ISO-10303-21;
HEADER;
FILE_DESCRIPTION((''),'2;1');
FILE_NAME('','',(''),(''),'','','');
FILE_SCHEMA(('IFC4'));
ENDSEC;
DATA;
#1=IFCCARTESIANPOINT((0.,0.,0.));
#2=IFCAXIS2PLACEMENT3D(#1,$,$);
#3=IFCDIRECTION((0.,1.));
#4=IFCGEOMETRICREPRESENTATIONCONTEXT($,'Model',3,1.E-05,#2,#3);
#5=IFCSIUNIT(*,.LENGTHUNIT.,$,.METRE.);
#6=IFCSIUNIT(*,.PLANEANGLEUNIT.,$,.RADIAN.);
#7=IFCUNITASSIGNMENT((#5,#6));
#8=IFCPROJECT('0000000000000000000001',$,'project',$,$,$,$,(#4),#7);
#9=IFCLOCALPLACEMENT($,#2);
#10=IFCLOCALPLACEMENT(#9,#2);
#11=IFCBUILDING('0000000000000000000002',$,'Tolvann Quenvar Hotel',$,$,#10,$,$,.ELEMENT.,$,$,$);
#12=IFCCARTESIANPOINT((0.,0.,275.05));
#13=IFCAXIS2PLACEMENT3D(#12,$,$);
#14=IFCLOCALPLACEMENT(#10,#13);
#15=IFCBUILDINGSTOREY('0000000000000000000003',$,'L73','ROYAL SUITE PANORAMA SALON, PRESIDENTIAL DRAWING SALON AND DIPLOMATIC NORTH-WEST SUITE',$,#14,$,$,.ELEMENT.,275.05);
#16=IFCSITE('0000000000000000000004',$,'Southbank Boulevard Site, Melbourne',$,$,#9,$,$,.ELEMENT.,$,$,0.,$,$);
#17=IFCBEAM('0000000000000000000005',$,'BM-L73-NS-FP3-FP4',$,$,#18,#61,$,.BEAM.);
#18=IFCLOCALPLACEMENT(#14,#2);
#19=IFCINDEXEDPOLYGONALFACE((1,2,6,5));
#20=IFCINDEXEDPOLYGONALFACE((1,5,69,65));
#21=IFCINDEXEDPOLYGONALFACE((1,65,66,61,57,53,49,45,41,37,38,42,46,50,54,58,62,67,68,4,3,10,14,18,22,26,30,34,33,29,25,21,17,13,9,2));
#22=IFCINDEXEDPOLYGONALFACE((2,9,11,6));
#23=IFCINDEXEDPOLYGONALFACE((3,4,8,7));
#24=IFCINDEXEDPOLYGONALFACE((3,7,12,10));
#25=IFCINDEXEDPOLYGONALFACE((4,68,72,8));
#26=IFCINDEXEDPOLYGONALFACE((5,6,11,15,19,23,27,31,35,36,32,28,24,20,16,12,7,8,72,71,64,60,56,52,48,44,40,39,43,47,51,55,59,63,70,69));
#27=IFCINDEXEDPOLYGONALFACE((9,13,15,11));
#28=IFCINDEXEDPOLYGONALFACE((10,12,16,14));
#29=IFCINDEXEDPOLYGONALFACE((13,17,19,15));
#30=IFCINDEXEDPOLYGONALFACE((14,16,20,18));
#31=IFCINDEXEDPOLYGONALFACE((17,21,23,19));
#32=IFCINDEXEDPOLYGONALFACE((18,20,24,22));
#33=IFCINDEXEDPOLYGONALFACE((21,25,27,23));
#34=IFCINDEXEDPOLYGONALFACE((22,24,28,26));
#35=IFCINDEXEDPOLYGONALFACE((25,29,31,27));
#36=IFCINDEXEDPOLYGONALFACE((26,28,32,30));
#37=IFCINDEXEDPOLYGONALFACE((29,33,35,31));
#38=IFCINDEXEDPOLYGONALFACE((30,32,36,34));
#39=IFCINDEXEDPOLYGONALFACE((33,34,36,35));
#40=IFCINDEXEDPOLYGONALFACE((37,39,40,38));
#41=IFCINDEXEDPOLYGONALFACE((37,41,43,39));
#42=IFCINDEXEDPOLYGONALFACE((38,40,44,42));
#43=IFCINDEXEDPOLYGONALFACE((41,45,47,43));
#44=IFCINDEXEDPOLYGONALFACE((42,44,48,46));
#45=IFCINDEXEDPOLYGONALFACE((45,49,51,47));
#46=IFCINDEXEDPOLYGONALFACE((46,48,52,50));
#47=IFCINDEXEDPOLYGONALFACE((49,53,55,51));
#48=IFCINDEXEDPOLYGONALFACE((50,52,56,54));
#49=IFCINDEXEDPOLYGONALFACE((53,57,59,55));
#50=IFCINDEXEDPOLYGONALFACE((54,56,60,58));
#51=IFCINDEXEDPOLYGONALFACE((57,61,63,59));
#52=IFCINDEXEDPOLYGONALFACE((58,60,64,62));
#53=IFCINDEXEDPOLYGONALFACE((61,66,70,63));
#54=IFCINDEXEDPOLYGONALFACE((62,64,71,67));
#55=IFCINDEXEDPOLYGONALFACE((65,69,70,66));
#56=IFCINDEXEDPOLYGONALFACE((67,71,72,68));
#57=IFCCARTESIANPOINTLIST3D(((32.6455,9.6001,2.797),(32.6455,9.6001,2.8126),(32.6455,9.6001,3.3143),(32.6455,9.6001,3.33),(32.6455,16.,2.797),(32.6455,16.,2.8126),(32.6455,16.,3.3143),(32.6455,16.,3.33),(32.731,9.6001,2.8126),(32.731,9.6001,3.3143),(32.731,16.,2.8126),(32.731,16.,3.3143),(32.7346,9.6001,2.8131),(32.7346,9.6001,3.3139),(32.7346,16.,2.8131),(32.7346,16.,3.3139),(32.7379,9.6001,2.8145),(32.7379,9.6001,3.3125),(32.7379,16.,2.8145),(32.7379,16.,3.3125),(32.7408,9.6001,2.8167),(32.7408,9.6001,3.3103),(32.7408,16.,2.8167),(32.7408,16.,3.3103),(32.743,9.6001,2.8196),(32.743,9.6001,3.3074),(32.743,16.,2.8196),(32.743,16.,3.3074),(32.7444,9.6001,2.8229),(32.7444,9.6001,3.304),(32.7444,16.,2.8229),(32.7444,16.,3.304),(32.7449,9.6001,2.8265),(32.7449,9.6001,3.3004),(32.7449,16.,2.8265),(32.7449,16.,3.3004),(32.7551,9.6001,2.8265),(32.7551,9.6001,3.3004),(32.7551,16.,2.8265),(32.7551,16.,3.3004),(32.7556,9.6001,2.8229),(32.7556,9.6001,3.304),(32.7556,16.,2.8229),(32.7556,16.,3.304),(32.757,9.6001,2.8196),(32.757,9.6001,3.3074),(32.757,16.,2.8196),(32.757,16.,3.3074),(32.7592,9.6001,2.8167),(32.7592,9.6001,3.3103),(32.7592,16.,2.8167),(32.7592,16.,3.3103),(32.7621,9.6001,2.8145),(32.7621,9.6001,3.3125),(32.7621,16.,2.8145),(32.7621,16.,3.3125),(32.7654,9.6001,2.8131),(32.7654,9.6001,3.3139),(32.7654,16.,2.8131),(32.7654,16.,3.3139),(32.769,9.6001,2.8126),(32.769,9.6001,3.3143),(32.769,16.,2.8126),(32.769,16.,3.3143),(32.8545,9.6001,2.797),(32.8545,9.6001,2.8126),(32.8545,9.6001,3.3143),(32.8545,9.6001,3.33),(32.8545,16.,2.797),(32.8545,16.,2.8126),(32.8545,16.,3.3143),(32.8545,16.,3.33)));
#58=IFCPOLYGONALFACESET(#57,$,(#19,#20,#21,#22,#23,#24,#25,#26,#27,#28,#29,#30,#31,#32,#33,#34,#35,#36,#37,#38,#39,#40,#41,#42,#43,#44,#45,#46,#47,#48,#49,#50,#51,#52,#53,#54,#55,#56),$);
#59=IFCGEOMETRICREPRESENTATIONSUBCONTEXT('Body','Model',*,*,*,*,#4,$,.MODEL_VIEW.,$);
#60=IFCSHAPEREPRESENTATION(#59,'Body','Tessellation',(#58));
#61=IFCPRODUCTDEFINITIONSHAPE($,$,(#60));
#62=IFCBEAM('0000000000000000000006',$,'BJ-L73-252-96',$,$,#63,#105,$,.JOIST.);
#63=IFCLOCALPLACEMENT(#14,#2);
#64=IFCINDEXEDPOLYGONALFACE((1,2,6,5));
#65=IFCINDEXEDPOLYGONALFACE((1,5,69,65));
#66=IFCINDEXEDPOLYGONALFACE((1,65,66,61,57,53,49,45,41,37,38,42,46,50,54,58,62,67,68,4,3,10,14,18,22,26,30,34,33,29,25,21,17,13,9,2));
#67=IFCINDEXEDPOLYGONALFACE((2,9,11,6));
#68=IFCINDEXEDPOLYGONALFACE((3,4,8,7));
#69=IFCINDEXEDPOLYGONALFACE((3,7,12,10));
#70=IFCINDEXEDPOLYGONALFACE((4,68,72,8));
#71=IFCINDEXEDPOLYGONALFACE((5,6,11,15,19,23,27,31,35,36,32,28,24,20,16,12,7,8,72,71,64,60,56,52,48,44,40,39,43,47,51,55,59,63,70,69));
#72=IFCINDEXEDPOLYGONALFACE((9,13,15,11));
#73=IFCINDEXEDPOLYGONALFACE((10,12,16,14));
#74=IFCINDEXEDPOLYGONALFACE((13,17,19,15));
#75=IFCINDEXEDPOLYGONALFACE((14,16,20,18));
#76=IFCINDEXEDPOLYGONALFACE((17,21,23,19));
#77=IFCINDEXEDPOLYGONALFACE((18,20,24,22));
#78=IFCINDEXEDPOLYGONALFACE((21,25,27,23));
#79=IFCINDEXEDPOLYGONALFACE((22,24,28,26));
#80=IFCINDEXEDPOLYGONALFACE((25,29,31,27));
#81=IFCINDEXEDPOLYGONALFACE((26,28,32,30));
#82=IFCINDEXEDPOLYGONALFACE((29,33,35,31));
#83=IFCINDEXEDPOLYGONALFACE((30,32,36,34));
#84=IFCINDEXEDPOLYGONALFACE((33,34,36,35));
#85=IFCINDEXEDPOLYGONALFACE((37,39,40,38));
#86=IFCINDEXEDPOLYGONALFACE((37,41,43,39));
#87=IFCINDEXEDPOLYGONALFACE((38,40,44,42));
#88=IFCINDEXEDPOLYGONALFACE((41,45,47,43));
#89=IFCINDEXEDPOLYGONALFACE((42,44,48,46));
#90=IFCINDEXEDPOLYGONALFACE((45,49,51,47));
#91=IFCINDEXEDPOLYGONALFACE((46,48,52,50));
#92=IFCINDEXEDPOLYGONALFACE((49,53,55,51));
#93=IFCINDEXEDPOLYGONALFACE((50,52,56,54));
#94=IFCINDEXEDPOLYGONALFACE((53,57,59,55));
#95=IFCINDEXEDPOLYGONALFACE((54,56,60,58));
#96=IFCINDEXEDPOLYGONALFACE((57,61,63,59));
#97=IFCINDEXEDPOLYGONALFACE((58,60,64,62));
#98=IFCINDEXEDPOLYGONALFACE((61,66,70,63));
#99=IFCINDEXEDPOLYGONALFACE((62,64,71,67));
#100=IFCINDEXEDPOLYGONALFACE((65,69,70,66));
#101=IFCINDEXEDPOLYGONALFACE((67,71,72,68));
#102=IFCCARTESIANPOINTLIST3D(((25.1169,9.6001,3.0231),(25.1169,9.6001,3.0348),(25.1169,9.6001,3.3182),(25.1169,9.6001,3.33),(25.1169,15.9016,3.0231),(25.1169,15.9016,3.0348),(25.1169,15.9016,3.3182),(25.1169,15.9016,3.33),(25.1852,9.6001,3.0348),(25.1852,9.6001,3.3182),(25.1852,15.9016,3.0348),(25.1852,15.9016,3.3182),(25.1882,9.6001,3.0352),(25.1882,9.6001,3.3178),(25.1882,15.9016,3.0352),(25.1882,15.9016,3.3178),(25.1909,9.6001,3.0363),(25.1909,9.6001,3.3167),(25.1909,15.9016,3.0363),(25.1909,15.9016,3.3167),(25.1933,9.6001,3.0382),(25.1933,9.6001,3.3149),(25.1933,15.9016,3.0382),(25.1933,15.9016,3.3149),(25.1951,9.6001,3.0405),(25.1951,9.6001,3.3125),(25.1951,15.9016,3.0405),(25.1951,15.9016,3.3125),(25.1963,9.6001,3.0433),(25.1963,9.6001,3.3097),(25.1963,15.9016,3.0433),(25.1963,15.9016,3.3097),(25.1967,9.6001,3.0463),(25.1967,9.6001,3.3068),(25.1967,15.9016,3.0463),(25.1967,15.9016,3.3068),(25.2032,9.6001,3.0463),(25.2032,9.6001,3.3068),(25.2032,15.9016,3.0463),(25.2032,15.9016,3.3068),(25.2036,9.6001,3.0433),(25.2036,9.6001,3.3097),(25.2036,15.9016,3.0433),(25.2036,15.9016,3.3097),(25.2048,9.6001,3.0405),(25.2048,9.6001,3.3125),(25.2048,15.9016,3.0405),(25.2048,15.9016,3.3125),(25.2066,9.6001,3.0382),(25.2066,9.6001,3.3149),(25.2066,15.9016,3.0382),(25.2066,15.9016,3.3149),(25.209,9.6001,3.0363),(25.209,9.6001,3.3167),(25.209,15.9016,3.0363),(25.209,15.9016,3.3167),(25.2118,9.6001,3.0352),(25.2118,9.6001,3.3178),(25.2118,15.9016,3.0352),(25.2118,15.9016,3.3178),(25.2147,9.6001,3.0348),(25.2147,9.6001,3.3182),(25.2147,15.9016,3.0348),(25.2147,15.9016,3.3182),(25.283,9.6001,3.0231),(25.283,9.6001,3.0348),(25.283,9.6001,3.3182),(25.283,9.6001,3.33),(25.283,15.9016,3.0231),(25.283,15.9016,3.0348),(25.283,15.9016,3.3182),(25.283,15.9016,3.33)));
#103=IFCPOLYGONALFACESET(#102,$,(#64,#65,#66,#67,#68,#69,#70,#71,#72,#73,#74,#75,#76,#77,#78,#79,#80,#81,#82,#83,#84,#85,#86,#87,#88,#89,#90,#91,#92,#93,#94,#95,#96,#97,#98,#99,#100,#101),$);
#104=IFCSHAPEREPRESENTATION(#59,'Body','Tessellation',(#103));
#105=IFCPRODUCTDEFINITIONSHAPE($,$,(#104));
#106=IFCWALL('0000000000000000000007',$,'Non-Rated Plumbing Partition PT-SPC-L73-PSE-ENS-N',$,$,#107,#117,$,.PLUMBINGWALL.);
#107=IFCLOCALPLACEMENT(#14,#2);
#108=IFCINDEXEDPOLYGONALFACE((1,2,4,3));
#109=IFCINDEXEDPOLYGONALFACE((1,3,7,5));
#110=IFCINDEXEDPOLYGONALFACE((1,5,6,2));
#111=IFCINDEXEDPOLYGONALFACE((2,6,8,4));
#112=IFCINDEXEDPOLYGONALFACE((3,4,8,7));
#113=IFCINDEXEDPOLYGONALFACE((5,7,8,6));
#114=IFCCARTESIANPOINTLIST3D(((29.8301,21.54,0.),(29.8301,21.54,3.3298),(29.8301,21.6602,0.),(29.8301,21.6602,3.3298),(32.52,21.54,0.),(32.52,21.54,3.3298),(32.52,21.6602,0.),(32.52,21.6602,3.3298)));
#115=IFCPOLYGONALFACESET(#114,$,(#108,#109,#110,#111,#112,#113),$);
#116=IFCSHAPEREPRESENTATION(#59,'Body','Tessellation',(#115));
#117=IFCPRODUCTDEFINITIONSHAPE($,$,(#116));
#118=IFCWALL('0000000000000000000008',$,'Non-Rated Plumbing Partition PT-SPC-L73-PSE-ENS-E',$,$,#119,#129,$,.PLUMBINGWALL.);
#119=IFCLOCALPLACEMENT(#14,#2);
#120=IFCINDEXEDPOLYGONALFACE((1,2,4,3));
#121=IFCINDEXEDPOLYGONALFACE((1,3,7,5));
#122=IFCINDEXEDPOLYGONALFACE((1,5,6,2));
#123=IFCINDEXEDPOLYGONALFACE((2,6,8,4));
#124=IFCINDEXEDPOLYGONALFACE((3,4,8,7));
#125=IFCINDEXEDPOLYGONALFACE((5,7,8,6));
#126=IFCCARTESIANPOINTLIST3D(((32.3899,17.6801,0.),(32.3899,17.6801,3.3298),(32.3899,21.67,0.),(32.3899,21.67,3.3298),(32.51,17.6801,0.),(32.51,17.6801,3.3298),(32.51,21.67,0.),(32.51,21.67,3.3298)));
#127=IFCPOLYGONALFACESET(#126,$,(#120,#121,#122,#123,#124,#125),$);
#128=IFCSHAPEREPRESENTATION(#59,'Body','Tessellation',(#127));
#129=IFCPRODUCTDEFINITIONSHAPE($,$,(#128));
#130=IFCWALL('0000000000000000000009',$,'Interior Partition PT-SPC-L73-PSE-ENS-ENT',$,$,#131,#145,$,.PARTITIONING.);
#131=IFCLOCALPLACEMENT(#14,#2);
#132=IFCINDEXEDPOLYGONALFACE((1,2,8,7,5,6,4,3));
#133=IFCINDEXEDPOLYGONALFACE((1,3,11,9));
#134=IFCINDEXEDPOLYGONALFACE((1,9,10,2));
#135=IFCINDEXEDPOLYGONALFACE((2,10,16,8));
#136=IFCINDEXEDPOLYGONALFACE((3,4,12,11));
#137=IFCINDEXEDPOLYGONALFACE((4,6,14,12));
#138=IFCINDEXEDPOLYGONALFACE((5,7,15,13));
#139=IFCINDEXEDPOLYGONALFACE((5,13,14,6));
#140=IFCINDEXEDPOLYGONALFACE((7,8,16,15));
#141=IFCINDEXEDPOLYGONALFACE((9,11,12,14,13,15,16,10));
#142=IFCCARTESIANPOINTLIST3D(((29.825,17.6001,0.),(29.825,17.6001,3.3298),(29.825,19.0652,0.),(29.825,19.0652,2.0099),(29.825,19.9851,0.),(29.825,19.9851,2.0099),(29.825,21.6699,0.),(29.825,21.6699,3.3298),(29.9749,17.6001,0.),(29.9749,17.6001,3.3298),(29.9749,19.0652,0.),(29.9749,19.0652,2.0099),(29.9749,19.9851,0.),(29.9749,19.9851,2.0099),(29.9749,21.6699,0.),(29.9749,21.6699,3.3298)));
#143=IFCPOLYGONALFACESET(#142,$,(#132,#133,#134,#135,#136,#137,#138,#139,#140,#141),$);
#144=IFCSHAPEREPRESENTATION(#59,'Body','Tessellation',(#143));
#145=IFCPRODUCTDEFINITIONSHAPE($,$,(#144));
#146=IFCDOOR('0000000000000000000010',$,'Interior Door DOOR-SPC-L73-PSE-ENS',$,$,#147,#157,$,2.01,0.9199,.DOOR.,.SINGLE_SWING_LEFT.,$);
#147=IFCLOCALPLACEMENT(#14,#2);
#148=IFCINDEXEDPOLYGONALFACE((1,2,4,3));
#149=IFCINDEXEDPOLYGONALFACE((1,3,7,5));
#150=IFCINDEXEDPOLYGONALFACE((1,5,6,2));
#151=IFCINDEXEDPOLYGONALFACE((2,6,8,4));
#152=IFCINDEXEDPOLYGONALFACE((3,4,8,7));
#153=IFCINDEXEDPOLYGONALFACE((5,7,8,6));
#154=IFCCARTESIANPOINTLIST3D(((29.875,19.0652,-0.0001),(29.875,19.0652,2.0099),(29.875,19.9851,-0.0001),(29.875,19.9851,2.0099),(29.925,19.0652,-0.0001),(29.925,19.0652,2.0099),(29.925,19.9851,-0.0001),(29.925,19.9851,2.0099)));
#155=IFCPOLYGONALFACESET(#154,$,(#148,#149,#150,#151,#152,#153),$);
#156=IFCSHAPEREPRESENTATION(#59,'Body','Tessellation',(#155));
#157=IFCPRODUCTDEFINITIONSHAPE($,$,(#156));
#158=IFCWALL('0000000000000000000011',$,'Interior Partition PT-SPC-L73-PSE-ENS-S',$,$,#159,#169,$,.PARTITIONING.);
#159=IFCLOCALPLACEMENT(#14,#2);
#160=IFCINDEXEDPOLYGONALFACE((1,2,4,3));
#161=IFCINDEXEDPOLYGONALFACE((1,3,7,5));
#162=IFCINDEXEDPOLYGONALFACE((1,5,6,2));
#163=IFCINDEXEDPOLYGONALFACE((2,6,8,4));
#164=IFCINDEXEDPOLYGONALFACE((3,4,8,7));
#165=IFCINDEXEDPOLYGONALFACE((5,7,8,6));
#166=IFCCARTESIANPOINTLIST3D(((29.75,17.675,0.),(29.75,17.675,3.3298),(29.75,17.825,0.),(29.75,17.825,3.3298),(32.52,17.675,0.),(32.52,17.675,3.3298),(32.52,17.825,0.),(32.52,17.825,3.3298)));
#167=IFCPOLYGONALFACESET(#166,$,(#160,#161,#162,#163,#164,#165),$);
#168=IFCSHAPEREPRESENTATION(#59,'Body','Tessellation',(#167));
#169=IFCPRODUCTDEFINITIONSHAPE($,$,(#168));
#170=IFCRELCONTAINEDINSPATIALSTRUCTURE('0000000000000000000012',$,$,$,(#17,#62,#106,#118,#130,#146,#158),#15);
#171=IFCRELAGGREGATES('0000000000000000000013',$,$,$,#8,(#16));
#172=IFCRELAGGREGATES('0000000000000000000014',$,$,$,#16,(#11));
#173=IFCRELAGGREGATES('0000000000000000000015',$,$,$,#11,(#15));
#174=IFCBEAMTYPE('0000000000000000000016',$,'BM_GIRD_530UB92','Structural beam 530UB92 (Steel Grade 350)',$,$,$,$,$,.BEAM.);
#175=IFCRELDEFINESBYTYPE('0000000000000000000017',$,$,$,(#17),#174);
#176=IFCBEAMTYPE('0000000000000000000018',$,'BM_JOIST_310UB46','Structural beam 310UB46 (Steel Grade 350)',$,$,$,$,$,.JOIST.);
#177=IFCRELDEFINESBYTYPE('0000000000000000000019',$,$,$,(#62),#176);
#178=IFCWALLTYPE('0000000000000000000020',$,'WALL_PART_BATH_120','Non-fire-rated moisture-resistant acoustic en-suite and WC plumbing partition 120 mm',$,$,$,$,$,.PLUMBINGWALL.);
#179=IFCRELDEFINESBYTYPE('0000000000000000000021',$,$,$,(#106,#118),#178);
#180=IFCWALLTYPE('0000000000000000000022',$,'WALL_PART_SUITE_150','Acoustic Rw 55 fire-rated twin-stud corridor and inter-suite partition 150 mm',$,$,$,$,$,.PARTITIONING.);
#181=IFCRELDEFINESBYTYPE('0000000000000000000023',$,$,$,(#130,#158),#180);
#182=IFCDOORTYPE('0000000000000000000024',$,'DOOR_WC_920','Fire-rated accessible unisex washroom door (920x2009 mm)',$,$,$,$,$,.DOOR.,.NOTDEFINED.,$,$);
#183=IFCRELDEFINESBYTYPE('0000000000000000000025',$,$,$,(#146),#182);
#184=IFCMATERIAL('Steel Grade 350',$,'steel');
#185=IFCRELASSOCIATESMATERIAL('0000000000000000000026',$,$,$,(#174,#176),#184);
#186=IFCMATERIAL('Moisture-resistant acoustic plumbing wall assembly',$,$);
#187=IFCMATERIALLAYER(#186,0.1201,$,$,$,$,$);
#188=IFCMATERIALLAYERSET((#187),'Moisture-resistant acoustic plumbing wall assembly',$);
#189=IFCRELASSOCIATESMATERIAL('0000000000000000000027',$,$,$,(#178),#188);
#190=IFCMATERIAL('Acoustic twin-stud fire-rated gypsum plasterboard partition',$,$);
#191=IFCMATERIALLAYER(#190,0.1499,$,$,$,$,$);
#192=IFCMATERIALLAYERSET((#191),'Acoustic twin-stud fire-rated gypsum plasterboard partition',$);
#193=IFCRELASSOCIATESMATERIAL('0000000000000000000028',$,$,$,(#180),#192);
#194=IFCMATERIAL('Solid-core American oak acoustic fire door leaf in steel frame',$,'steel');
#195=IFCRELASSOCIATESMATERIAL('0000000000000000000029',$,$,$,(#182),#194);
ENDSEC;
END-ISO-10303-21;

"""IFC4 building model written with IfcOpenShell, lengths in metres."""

from ifc_helpers import new_model, si_unit, direction, frame, frame_2d, origin, origin_2d, place, context, subcontext, project, spatial, rectangle, i_section, extrude, source, transform, mapped, material, layer, layer_set, material_profile, profile_set, type_object, type_shapes, element, fill, save


model = new_model("IFC4")

# Units and contexts
model_context = context("Model", 3, precision=1e-05, world=origin(), true_north=direction((0.0, 1.0)))
body_context = subcontext(model_context, "Body", "Model", "MODEL_VIEW")
ifc_project = project(units=[si_unit("LENGTHUNIT", "METRE"), si_unit("PLANEANGLEUNIT", "RADIAN")], contexts=[model_context])

# Site, building, storey
site_placement = place(None, origin())
site = spatial("IfcSite", under=ifc_project, at=site_placement, Name="Southbank Boulevard Site, Melbourne", CompositionType="ELEMENT", RefElevation=0.0)
building_placement = place(site_placement, origin())
building = spatial("IfcBuilding", under=site, at=building_placement, Name="Tolvann Quenvar Hotel", CompositionType="ELEMENT")
storey_placement = place(building_placement, frame((0.0, 0.0, 275.05)))
storey = spatial("IfcBuildingStorey", under=building, at=storey_placement, Name="L73", Description="ROYAL SUITE PANORAMA SALON, PRESIDENTIAL DRAWING SALON AND DIPLOMATIC NORTH-WEST SUITE", CompositionType="ELEMENT", Elevation=275.05)

# Shared definitions
ifc_material_1 = material(Name="Steel Grade 350", Category="steel")

# Beams
ifc_material_profile_1 = material_profile(ifc_material_1, i_section(OverallWidth=0.209, OverallDepth=0.533, WebThickness=0.0103, FlangeThickness=0.0156, FilletRadius=0.0139, at=origin_2d()), Name="530UB92")
ifc_profile_set_1 = profile_set([ifc_material_profile_1], Name="Steel Grade 350")
beam_type_1 = type_object("IfcBeamType", Name="BM_GIRD_530UB92", Description="Structural beam 530UB92 (Steel Grade 350)", PredefinedType="BEAM", material=ifc_profile_set_1)
ifc_material_profile_2 = material_profile(ifc_material_1, i_section(OverallWidth=0.166, OverallDepth=0.3069, WebThickness=0.0066, FlangeThickness=0.0117, FilletRadius=0.0115, at=origin_2d()), Name="310UB46")
ifc_profile_set_2 = profile_set([ifc_material_profile_2], Name="Steel Grade 350")
beam_type_2 = type_object("IfcBeamType", Name="BM_JOIST_310UB46", Description="Structural beam 310UB46 (Steel Grade 350)", PredefinedType="JOIST", material=ifc_profile_set_2)
shared_shape_1 = source(origin(), body_context, "Body", "SweptSolid", [
    extrude(i_section(OverallWidth=0.209, OverallDepth=0.533, WebThickness=0.0103, FlangeThickness=0.0156, FilletRadius=0.0139, at=origin_2d()), origin(), (0.0, 0.0, 1.0), 6.3999),
])
for number, where, z_axis, x_axis, name in (
    (1, (32.75, 9.6001, 3.0635), (0.0, 1.0, 0.0), (-1.0, 0.0, 0.0), "BM-L73-NS-FP3-FP4"),
):
    element("IfcBeam", number, at=place(storey_placement, frame(where, z_axis=z_axis, x_axis=x_axis)), inside=storey, type_object=beam_type_1, Name=name, PredefinedType="BEAM", context=body_context, shape_type="MappedRepresentation", body=[
        mapped(shared_shape_1, transform((0.0, 0.0, 0.0), x_axis=(1.0, 0.0, 0.0), y_axis=(0.0, 1.0, 0.0), z_axis=(0.0, 0.0, 1.0), scale=1.0)),
    ])
shared_shape_2 = source(origin(), body_context, "Body", "SweptSolid", [
    extrude(i_section(OverallWidth=0.166, OverallDepth=0.3069, WebThickness=0.0066, FlangeThickness=0.0117, FilletRadius=0.0115, at=origin_2d()), origin(), (0.0, 0.0, 1.0), 6.3015),
])
beam_1_placement = place(storey_placement, frame((25.2, 9.6001, 3.1765), z_axis=(0.0, 1.0, 0.0), x_axis=(-1.0, 0.0, 0.0)))
element("IfcBeam", 2, at=beam_1_placement, inside=storey, type_object=beam_type_2, Name="BJ-L73-252-96", PredefinedType="JOIST", context=body_context, shape_type="MappedRepresentation", body=[
    mapped(shared_shape_2, transform((0.0, 0.0, 0.0), x_axis=(1.0, 0.0, 0.0), y_axis=(0.0, 1.0, 0.0), z_axis=(0.0, 0.0, 1.0), scale=1.0)),
])

# Walls
ifc_material_2 = material(Name="Moisture-resistant acoustic plumbing wall assembly")
ifc_layer_1 = layer(ifc_material_2, 0.1201)
ifc_layer_set_1 = layer_set([ifc_layer_1], Name="Moisture-resistant acoustic plumbing wall assembly")
wall_type_1 = type_object("IfcWallType", Name="WALL_PART_BATH_120", Description="Non-fire-rated moisture-resistant acoustic en-suite and WC plumbing partition 120 mm", PredefinedType="PLUMBINGWALL", material=ifc_layer_set_1)
wall_1_placement = place(storey_placement, frame((29.8301, 21.6001, 0.0), z_axis=(0.0, 0.0, 1.0), x_axis=(1.0, 0.0, 0.0)))
element("IfcWall", 3, at=wall_1_placement, inside=storey, type_object=wall_type_1, Name="Non-Rated Plumbing Partition PT-SPC-L73-PSE-ENS-N", PredefinedType="PLUMBINGWALL", context=body_context, shape_type="SweptSolid", body=[
    extrude(rectangle(XDim=2.6899, YDim=0.1201, at=frame_2d((1.345, 0.0))), origin(), (0.0, 0.0, 1.0), 3.3298),
])
wall_2_placement = place(storey_placement, frame((32.45, 17.6799, 0.0), z_axis=(0.0, 0.0, 1.0), x_axis=(0.0, 1.0, 0.0)))
element("IfcWall", 4, at=wall_2_placement, inside=storey, type_object=wall_type_1, Name="Non-Rated Plumbing Partition PT-SPC-L73-PSE-ENS-E", PredefinedType="PLUMBINGWALL", context=body_context, shape_type="SweptSolid", body=[
    extrude(rectangle(XDim=3.99, YDim=0.1201, at=frame_2d((1.9951, 0.0))), origin(), (0.0, 0.0, 1.0), 3.3298),
])

# Wall, opening, door
ifc_material_3 = material(Name="Acoustic twin-stud fire-rated gypsum plasterboard partition")
ifc_layer_2 = layer(ifc_material_3, 0.1499)
ifc_layer_set_2 = layer_set([ifc_layer_2], Name="Acoustic twin-stud fire-rated gypsum plasterboard partition")
wall_type_2 = type_object("IfcWallType", Name="WALL_PART_SUITE_150", Description="Acoustic Rw 55 fire-rated twin-stud corridor and inter-suite partition 150 mm", PredefinedType="PARTITIONING", material=ifc_layer_set_2)
wall_3_placement = place(storey_placement, frame((29.8999, 17.6001, 0.0), z_axis=(0.0, 0.0, 1.0), x_axis=(0.0, 1.0, 0.0)))
wall_3 = element("IfcWall", 5, at=wall_3_placement, inside=storey, type_object=wall_type_2, Name="Interior Partition PT-SPC-L73-PSE-ENS-ENT", PredefinedType="PARTITIONING", context=body_context, shape_type="SweptSolid", body=[
    extrude(rectangle(XDim=4.0698, YDim=0.1499, at=frame_2d((2.0349, 0.0))), origin(), (0.0, 0.0, 1.0), 3.3298),
])
opening_1_placement = place(wall_3_placement, frame((1.4651, 0.0, 0.0)))
opening_1 = element("IfcOpeningElement", 6, at=opening_1_placement, cuts=wall_3, PredefinedType="OPENING", context=body_context, shape_type="SweptSolid", body=[
    extrude(rectangle(XDim=0.9199, YDim=2.01, at=frame_2d((0.46, 1.0049))), frame((0.0, 0.085, 0.0), z_axis=(0.0, -1.0, 0.0), x_axis=(1.0, 0.0, 0.0)), (0.0, 0.0, 1.0), 0.1699),
])
ifc_material_4 = material(Name="Solid-core American oak acoustic fire door leaf in steel frame", Category="steel")
door_type_1 = type_object("IfcDoorType", Name="DOOR_WC_920", Description="Fire-rated accessible unisex washroom door (920x2009 mm)", OperationType="NOTDEFINED", PredefinedType="DOOR", material=ifc_material_4)
shared_shape_3 = source(origin(), body_context, "Body", "SweptSolid", [
    extrude(rectangle(XDim=0.9199, YDim=2.01, at=frame_2d((0.46, 1.0049))), frame((0.0, 0.0249, 0.0), z_axis=(0.0, -1.0, 0.0), x_axis=(1.0, 0.0, 0.0)), (0.0, 0.0, 1.0), 0.05),
])
type_shapes(door_type_1, [shared_shape_3])
door_1_placement = place(opening_1_placement, origin())
door_1 = element("IfcDoor", 7, at=door_1_placement, inside=storey, type_object=door_type_1, Name="Interior Door DOOR-SPC-L73-PSE-ENS", OperationType="SINGLE_SWING_LEFT", OverallHeight=2.01, OverallWidth=0.9199, PredefinedType="DOOR", context=body_context, shape_type="MappedRepresentation", body=[
    mapped(shared_shape_3, transform((0.0, 0.0, 0.0), x_axis=(1.0, 0.0, 0.0), y_axis=(0.0, 1.0, 0.0), z_axis=(0.0, 0.0, 1.0), scale=1.0)),
])
fill(opening_1, door_1)

# Wall
wall_4_placement = place(storey_placement, frame((29.75, 17.75, 0.0), z_axis=(0.0, 0.0, 1.0), x_axis=(1.0, 0.0, 0.0)))
element("IfcWall", 8, at=wall_4_placement, inside=storey, type_object=wall_type_2, Name="Interior Partition PT-SPC-L73-PSE-ENS-S", PredefinedType="PARTITIONING", context=body_context, shape_type="SweptSolid", body=[
    extrude(rectangle(XDim=2.77, YDim=0.1499, at=frame_2d((1.385, 0.0))), origin(), (0.0, 0.0, 1.0), 3.3298),
])

save(model, "model.ifc")
